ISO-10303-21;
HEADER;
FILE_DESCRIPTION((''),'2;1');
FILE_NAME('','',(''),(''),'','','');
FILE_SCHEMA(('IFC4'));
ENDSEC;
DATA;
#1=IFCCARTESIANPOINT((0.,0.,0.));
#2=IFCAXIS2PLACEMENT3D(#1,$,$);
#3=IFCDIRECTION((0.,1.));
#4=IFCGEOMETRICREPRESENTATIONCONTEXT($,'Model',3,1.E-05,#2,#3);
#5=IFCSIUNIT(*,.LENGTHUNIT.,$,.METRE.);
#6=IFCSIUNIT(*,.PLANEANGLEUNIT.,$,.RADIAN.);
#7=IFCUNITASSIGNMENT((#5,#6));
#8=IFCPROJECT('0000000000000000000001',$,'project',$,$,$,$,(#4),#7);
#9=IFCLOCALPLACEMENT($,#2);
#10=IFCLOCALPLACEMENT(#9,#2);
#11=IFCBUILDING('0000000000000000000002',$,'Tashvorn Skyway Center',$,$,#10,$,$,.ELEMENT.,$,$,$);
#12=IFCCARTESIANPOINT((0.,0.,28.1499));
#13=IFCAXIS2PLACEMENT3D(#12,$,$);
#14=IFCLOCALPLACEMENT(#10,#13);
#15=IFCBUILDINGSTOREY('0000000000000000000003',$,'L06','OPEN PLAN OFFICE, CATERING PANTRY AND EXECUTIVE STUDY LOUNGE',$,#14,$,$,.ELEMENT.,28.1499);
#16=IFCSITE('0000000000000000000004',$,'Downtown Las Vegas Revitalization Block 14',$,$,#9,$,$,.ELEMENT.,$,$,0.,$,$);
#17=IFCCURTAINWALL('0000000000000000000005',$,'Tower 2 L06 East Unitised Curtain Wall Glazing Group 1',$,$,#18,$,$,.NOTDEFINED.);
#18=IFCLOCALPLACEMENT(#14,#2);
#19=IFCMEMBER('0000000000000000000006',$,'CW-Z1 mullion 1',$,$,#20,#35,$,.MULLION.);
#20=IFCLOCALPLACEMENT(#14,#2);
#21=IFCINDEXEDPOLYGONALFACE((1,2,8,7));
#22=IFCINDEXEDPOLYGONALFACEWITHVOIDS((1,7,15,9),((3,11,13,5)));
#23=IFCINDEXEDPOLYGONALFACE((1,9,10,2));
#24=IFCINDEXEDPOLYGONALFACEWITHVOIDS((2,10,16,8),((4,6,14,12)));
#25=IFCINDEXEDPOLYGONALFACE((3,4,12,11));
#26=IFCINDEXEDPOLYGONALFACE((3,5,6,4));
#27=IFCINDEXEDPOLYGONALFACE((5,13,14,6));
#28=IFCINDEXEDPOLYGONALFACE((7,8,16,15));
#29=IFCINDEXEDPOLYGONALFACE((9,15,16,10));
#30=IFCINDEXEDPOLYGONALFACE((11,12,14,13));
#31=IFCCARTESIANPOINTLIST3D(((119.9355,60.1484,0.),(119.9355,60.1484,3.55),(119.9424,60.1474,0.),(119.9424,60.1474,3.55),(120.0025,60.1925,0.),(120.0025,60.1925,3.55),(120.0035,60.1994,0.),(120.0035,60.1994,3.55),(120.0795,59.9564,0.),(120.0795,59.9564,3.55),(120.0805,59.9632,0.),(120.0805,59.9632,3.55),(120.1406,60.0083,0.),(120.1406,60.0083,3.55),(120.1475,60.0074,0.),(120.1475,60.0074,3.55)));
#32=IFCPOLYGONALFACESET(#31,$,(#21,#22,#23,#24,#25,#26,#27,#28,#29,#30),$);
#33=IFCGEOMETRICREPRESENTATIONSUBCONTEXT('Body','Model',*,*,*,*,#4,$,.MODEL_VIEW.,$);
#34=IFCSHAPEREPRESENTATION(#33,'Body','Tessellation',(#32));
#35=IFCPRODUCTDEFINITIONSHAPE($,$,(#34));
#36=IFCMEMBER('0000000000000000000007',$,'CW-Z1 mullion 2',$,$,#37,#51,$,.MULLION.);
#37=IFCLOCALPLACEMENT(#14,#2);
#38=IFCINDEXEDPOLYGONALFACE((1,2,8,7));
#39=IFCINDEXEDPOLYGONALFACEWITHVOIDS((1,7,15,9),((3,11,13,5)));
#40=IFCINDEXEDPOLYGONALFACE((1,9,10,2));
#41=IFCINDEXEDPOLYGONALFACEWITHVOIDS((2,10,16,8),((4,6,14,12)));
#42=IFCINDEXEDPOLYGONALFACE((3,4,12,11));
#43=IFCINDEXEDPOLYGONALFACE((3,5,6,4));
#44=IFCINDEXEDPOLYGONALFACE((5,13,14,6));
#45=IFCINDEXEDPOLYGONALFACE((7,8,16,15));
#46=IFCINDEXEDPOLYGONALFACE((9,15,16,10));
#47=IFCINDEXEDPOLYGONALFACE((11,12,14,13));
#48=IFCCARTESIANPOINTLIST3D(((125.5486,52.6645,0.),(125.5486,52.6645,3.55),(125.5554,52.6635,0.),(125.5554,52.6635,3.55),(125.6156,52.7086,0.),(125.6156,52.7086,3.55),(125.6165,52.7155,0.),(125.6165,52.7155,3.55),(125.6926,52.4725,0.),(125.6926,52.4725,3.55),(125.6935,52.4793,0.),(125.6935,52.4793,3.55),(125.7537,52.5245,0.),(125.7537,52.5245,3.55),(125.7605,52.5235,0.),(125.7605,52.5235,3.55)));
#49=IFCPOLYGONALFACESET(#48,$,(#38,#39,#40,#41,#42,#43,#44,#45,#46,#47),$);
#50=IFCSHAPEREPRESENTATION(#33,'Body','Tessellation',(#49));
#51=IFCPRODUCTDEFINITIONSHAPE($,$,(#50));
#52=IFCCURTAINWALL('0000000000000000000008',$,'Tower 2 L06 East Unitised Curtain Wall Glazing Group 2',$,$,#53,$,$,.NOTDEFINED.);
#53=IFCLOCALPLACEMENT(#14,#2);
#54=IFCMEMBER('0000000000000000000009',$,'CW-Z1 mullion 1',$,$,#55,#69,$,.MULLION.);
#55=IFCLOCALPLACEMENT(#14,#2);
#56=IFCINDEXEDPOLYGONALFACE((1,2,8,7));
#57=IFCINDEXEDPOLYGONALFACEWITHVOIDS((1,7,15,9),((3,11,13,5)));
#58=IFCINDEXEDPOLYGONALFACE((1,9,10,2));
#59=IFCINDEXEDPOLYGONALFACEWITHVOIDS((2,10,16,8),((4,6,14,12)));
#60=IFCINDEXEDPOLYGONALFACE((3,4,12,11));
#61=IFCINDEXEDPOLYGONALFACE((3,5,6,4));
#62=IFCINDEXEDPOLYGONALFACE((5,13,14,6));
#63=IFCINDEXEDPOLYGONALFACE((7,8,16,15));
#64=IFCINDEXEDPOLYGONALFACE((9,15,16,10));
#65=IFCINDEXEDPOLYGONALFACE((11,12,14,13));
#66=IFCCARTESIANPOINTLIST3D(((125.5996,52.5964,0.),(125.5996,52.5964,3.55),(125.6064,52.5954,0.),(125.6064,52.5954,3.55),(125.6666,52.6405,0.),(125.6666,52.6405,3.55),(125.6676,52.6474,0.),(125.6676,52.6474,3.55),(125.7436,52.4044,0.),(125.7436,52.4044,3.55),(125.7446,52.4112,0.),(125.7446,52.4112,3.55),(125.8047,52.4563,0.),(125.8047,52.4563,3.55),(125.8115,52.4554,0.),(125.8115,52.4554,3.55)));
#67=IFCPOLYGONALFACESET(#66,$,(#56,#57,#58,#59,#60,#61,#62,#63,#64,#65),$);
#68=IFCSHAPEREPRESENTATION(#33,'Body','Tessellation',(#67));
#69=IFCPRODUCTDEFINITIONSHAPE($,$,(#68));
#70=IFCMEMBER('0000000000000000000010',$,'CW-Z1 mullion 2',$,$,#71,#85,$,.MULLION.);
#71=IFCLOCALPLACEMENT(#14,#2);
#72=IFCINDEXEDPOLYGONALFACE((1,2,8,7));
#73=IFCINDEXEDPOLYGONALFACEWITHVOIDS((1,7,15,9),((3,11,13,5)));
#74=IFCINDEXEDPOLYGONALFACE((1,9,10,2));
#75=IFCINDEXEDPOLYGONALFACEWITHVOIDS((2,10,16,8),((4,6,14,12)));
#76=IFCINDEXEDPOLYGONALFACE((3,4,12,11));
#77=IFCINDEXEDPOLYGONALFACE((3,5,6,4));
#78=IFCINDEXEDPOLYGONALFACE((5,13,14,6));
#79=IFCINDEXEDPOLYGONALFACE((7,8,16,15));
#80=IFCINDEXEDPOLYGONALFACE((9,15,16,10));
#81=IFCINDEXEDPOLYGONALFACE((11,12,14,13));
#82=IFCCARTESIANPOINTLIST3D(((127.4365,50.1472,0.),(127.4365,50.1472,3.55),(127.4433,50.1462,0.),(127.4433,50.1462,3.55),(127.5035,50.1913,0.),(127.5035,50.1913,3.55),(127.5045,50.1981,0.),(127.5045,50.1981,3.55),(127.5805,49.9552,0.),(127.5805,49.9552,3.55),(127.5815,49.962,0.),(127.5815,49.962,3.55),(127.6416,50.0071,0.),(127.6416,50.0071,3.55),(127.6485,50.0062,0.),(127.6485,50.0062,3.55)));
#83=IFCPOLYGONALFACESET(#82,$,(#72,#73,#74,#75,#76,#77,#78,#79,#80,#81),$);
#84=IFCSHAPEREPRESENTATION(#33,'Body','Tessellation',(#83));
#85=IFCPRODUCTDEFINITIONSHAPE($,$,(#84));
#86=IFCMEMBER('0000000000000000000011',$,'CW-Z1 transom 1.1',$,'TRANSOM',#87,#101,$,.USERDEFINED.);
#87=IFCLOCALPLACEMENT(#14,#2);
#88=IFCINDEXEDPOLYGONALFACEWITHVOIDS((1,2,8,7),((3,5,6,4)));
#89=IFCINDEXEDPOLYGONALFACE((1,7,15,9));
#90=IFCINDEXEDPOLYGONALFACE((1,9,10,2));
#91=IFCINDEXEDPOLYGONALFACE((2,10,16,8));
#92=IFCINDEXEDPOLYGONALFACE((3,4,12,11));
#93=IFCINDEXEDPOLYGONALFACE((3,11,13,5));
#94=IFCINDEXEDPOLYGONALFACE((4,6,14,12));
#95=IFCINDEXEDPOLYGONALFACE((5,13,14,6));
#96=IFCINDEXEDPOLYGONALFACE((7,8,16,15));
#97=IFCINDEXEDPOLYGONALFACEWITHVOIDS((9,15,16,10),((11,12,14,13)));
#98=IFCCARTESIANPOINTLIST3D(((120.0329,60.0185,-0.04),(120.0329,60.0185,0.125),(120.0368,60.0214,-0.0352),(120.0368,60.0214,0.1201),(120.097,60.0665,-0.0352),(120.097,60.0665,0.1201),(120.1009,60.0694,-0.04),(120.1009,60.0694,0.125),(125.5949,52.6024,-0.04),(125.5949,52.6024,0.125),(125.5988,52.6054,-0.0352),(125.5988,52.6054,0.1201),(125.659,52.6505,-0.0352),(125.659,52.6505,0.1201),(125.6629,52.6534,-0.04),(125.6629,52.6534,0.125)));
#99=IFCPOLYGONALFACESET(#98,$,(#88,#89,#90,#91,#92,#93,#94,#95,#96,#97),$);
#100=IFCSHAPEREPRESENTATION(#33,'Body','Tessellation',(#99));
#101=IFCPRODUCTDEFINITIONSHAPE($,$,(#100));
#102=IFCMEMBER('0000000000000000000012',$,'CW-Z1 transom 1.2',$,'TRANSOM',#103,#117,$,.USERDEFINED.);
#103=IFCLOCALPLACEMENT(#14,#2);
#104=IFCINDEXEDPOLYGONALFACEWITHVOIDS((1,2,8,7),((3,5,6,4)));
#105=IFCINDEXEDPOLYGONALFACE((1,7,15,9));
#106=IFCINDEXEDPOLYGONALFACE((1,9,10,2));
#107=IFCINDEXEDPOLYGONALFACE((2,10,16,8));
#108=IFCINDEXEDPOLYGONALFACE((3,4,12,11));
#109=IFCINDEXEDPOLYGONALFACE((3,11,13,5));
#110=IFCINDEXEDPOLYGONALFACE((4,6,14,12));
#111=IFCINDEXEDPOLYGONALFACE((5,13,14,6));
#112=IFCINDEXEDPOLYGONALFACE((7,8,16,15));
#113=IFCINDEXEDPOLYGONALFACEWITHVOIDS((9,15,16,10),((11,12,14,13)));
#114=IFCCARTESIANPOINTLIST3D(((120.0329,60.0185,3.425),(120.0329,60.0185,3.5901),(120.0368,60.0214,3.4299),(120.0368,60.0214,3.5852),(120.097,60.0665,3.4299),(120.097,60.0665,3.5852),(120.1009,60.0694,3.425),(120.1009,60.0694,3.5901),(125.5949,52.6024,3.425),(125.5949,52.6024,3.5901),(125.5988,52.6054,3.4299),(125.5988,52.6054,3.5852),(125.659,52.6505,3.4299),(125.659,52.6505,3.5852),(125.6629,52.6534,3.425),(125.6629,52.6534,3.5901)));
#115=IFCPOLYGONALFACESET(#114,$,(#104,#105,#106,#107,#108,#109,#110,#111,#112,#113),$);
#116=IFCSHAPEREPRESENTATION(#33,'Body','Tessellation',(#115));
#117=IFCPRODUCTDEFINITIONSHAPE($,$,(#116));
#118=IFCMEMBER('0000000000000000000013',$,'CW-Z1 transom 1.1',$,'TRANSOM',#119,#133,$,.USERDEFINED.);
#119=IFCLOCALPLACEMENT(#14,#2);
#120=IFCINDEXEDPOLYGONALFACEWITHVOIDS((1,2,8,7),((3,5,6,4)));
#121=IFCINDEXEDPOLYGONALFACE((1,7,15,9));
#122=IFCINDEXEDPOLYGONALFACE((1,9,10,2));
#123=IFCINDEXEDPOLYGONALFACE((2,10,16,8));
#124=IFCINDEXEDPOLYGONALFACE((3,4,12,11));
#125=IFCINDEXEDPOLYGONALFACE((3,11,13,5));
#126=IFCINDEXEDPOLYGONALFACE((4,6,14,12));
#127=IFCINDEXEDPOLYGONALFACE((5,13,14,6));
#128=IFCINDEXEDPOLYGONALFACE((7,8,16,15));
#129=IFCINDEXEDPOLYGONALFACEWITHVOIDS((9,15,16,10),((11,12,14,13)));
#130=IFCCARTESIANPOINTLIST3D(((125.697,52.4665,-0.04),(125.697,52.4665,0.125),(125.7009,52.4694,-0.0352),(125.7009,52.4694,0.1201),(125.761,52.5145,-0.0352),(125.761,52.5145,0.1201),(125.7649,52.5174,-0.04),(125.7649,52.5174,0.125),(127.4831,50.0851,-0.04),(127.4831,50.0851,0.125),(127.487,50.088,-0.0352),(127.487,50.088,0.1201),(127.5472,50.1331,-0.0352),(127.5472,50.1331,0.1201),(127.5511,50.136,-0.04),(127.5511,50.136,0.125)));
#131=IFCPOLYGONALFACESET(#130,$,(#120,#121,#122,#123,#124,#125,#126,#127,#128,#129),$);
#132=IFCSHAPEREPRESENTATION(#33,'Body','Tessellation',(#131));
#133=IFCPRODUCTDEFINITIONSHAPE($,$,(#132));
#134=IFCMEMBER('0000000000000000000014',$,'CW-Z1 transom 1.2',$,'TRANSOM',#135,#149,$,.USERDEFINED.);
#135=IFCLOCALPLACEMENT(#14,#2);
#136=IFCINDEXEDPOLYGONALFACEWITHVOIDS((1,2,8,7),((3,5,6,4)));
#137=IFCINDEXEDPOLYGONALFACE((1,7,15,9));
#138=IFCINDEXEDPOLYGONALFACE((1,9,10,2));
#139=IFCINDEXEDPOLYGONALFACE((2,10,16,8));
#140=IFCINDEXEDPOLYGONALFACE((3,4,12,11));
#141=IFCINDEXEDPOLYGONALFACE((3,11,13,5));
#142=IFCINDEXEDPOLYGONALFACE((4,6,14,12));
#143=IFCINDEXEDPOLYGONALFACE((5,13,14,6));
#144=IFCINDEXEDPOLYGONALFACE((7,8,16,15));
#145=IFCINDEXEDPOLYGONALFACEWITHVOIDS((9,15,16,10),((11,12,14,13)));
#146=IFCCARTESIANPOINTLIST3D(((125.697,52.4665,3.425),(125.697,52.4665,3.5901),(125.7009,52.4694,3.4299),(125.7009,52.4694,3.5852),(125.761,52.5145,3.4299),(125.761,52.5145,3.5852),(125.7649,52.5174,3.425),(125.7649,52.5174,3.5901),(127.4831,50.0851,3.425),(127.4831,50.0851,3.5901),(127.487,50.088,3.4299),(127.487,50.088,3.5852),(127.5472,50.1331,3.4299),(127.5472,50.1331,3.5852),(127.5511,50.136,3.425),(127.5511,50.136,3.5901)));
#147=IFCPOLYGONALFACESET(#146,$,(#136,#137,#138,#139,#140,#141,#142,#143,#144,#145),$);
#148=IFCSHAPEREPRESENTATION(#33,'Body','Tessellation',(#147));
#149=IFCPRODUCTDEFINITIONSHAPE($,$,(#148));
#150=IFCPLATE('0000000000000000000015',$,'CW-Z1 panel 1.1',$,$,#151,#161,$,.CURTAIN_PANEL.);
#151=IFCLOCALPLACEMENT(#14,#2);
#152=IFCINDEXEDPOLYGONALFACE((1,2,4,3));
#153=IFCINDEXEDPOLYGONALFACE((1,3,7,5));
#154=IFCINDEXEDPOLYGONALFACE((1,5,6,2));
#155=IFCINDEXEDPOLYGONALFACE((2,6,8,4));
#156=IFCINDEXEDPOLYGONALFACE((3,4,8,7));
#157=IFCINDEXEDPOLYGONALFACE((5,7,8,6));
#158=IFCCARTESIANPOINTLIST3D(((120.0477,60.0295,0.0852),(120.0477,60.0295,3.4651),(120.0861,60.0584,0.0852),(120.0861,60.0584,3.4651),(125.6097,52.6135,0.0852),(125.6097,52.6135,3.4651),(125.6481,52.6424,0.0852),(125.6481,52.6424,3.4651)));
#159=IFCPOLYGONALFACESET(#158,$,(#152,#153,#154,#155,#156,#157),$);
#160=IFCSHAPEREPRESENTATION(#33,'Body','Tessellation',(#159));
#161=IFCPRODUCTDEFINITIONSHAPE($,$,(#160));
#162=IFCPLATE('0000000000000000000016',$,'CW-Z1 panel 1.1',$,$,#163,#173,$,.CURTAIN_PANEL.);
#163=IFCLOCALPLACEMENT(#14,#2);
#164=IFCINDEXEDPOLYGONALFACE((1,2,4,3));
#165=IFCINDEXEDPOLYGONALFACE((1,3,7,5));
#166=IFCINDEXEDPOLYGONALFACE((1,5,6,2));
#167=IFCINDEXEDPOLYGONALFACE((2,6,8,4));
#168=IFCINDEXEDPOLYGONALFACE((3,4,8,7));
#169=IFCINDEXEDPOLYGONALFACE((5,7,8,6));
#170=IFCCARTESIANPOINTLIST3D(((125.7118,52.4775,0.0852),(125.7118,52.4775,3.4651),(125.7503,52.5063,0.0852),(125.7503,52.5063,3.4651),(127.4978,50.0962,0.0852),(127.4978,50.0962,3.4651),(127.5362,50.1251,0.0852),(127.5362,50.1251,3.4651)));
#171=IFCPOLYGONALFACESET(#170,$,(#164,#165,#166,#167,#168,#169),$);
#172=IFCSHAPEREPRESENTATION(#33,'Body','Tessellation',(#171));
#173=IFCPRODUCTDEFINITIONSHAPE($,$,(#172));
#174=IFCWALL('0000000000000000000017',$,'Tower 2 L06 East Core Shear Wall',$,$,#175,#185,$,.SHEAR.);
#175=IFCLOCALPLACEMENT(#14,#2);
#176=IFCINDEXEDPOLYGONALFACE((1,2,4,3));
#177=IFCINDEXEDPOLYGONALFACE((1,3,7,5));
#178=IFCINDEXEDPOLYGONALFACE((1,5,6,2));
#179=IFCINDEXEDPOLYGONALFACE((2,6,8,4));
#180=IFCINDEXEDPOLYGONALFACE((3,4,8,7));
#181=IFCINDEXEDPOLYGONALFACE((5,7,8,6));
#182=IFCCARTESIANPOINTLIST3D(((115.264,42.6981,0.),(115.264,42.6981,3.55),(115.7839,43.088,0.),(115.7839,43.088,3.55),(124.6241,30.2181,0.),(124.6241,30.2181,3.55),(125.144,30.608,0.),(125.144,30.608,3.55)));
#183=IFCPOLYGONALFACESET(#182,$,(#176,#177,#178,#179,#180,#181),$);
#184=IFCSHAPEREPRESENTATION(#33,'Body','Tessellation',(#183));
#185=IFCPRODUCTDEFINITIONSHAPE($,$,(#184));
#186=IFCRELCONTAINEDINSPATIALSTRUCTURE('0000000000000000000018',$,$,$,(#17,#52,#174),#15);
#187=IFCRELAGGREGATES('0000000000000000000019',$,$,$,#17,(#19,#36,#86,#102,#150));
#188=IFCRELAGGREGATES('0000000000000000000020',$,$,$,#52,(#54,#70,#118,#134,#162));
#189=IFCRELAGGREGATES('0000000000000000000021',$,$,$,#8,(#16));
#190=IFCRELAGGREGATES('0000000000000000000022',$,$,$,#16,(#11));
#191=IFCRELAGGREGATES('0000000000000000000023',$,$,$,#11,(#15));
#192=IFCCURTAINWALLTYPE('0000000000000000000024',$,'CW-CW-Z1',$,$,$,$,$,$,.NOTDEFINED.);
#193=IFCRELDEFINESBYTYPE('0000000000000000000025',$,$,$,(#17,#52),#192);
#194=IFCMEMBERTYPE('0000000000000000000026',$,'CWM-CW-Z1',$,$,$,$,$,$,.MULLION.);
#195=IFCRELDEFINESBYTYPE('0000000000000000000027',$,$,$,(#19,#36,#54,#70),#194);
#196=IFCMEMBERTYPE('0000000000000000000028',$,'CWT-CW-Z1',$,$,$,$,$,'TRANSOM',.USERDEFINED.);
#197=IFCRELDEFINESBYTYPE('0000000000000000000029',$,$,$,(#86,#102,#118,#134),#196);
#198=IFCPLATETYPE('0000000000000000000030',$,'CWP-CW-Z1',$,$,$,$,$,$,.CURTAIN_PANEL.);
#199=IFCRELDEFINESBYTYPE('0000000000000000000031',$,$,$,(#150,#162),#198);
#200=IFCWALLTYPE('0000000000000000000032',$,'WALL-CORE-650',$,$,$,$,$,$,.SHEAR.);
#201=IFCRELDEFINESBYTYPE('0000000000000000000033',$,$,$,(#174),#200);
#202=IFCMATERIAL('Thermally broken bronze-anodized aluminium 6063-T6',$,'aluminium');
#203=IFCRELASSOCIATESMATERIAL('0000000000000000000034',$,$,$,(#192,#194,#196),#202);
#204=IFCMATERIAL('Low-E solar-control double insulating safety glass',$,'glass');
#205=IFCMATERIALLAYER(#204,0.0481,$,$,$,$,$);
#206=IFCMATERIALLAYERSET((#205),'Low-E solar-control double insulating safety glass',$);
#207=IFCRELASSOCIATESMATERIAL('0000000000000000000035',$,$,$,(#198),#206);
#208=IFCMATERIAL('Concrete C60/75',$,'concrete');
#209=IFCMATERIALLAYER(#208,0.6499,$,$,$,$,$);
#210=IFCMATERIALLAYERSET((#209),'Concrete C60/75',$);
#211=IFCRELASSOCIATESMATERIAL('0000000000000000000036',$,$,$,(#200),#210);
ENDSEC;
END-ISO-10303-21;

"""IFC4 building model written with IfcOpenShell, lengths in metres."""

from ifc_helpers import new_model, si_unit, direction, frame, frame_2d, origin, origin_2d, place, context, subcontext, project, spatial, rectangle, hollow_rectangle, extrude, material, layer, layer_set, material_profile, profile_set, type_object, element, aggregate, save


model = new_model("IFC4")

# Units and contexts
model_context = context("Model", 3, precision=1e-05, world=origin(), true_north=direction((0.0, 1.0)))
body_context = subcontext(model_context, "Body", "Model", "MODEL_VIEW")
ifc_project = project(units=[si_unit("LENGTHUNIT", "METRE"), si_unit("PLANEANGLEUNIT", "RADIAN")], contexts=[model_context])

# Site, building, storey
site_placement = place(None, origin())
site = spatial("IfcSite", under=ifc_project, at=site_placement, Name="Downtown Las Vegas Revitalization Block 14", CompositionType="ELEMENT", RefElevation=0.0)
building_placement = place(site_placement, origin())
building = spatial("IfcBuilding", under=site, at=building_placement, Name="Tashvorn Skyway Center", CompositionType="ELEMENT")
storey_placement = place(building_placement, frame((0.0, 0.0, 28.1499)))
storey = spatial("IfcBuildingStorey", under=building, at=storey_placement, Name="L06", Description="OPEN PLAN OFFICE, CATERING PANTRY AND EXECUTIVE STUDY LOUNGE", CompositionType="ELEMENT", Elevation=28.1499)

# Shared definitions
ifc_material_1 = material(Name="Thermally broken bronze-anodized aluminium 6063-T6", Category="aluminium")
curtain_wall_type = type_object("IfcCurtainWallType", Name="CW-CW-Z1", PredefinedType="NOTDEFINED", material=ifc_material_1)
ifc_material_profile_1 = material_profile(ifc_material_1, hollow_rectangle(XDim=0.085, YDim=0.24, WallThickness=0.0049, at=origin_2d()), Name="ALU-MULL-85x240")
ifc_profile_set_1 = profile_set([ifc_material_profile_1], Name="Thermally broken bronze-anodized aluminium 6063-T6")
member_type_1 = type_object("IfcMemberType", Name="CWM-CW-Z1", PredefinedType="MULLION", material=ifc_profile_set_1)

# Curtain walls, members
curtain_wall_1_placement = place(storey_placement, origin())
curtain_wall_1 = element("IfcCurtainWall", 1, at=curtain_wall_1_placement, inside=storey, type_object=curtain_wall_type, Name="Tower 2 L06 East Unitised Curtain Wall Glazing Group 1", PredefinedType="NOTDEFINED")
member_1_placement = place(storey_placement, frame((120.0415, 60.0779, 0.0), z_axis=(0.0, 0.0, 1.0), x_axis=(0.8, 0.6, 0.0)))
member_1 = element("IfcMember", 2, at=member_1_placement, type_object=member_type_1, Name="CW-Z1 mullion 1", PredefinedType="MULLION", context=body_context, shape_type="SweptSolid", body=[
    extrude(hollow_rectangle(XDim=0.085, YDim=0.24, WallThickness=0.0049, at=origin_2d()), origin(), (0.0, 0.0, 1.0), 3.55),
])
member_2_placement = place(storey_placement, frame((125.6545, 52.594, 0.0), z_axis=(0.0, 0.0, 1.0), x_axis=(0.8, 0.6, 0.0)))
member_2 = element("IfcMember", 3, at=member_2_placement, type_object=member_type_1, Name="CW-Z1 mullion 2", PredefinedType="MULLION", context=body_context, shape_type="SweptSolid", body=[
    extrude(hollow_rectangle(XDim=0.085, YDim=0.24, WallThickness=0.0049, at=origin_2d()), origin(), (0.0, 0.0, 1.0), 3.55),
])
curtain_wall_2_placement = place(storey_placement, origin())
curtain_wall_2 = element("IfcCurtainWall", 4, at=curtain_wall_2_placement, inside=storey, type_object=curtain_wall_type, Name="Tower 2 L06 East Unitised Curtain Wall Glazing Group 2", PredefinedType="NOTDEFINED")
member_3_placement = place(storey_placement, frame((125.7056, 52.5259, 0.0), z_axis=(0.0, 0.0, 1.0), x_axis=(0.799996, 0.600005, 0.0)))
member_3 = element("IfcMember", 5, at=member_3_placement, type_object=member_type_1, Name="CW-Z1 mullion 1", PredefinedType="MULLION", context=body_context, shape_type="SweptSolid", body=[
    extrude(hollow_rectangle(XDim=0.085, YDim=0.24, WallThickness=0.0049, at=origin_2d()), origin(), (0.0, 0.0, 1.0), 3.55),
])
member_4_placement = place(storey_placement, frame((127.5425, 50.0767, 0.0), z_axis=(0.0, 0.0, 1.0), x_axis=(0.799996, 0.600005, 0.0)))
member_4 = element("IfcMember", 6, at=member_4_placement, type_object=member_type_1, Name="CW-Z1 mullion 2", PredefinedType="MULLION", context=body_context, shape_type="SweptSolid", body=[
    extrude(hollow_rectangle(XDim=0.085, YDim=0.24, WallThickness=0.0049, at=origin_2d()), origin(), (0.0, 0.0, 1.0), 3.55),
])

# Members
ifc_material_profile_2 = material_profile(ifc_material_1, hollow_rectangle(XDim=0.085, YDim=0.165, WallThickness=0.0049, at=origin_2d()), Name="ALU-TRAN-85x165")
ifc_profile_set_2 = profile_set([ifc_material_profile_2], Name="Thermally broken bronze-anodized aluminium 6063-T6")
member_type_2 = type_object("IfcMemberType", Name="CWT-CW-Z1", ElementType="TRANSOM", PredefinedType="USERDEFINED", material=ifc_profile_set_2)
member_5_placement = place(storey_placement, frame((120.0669, 60.0439, 0.0425), z_axis=(0.6, -0.8, 0.0), x_axis=(0.8, 0.6, 0.0)))
member_5 = element("IfcMember", 7, at=member_5_placement, type_object=member_type_2, Name="CW-Z1 transom 1.1", ObjectType="TRANSOM", PredefinedType="USERDEFINED", context=body_context, shape_type="SweptSolid", body=[
    extrude(hollow_rectangle(XDim=0.085, YDim=0.165, WallThickness=0.0049, at=origin_2d()), origin(), (0.0, 0.0, 1.0), 9.27),
])
member_6_placement = place(storey_placement, frame((120.0669, 60.0439, 3.5076), z_axis=(0.6, -0.8, 0.0), x_axis=(0.8, 0.6, 0.0)))
member_6 = element("IfcMember", 8, at=member_6_placement, type_object=member_type_2, Name="CW-Z1 transom 1.2", ObjectType="TRANSOM", PredefinedType="USERDEFINED", context=body_context, shape_type="SweptSolid", body=[
    extrude(hollow_rectangle(XDim=0.085, YDim=0.165, WallThickness=0.0049, at=origin_2d()), origin(), (0.0, 0.0, 1.0), 9.27),
])
member_7_placement = place(storey_placement, frame((125.731, 52.4919, 0.0425), z_axis=(0.600026, -0.79998, 0.0), x_axis=(0.79998, 0.600026, 0.0)))
member_7 = element("IfcMember", 9, at=member_7_placement, type_object=member_type_2, Name="CW-Z1 transom 1.1", ObjectType="TRANSOM", PredefinedType="USERDEFINED", context=body_context, shape_type="SweptSolid", body=[
    extrude(hollow_rectangle(XDim=0.085, YDim=0.165, WallThickness=0.0049, at=origin_2d()), origin(), (0.0, 0.0, 1.0), 2.9768),
])
member_8_placement = place(storey_placement, frame((125.731, 52.4919, 3.5076), z_axis=(0.600026, -0.79998, 0.0), x_axis=(0.79998, 0.600026, 0.0)))
member_8 = element("IfcMember", 10, at=member_8_placement, type_object=member_type_2, Name="CW-Z1 transom 1.2", ObjectType="TRANSOM", PredefinedType="USERDEFINED", context=body_context, shape_type="SweptSolid", body=[
    extrude(hollow_rectangle(XDim=0.085, YDim=0.165, WallThickness=0.0049, at=origin_2d()), origin(), (0.0, 0.0, 1.0), 2.9768),
])

# Plates
ifc_material_2 = material(Name="Low-E solar-control double insulating safety glass", Category="glass")
ifc_layer_1 = layer(ifc_material_2, 0.0481)
ifc_layer_set_1 = layer_set([ifc_layer_1], Name="Low-E solar-control double insulating safety glass")
plate_type = type_object("IfcPlateType", Name="CWP-CW-Z1", PredefinedType="CURTAIN_PANEL", material=ifc_layer_set_1)
plate_1_placement = place(storey_placement, frame((122.8479, 56.3359, 0.0852), z_axis=(0.0, 0.0, 1.0), x_axis=(0.6, -0.8, 0.0)))
plate_1 = element("IfcPlate", 11, at=plate_1_placement, type_object=plate_type, Name="CW-Z1 panel 1.1", PredefinedType="CURTAIN_PANEL", context=body_context, shape_type="SweptSolid", body=[
    extrude(rectangle(XDim=9.27, YDim=0.0481, at=origin_2d()), origin(), (0.0, 0.0, 1.0), 3.3799),
])
aggregate(curtain_wall_1, [member_1, member_2, member_5, member_6, plate_1])
plate_2_placement = place(storey_placement, frame((126.624, 51.3013, 0.0852), z_axis=(0.0, 0.0, 1.0), x_axis=(0.600005, -0.799996, 0.0)))
plate_2 = element("IfcPlate", 12, at=plate_2_placement, type_object=plate_type, Name="CW-Z1 panel 1.1", PredefinedType="CURTAIN_PANEL", context=body_context, shape_type="SweptSolid", body=[
    extrude(rectangle(XDim=2.9766, YDim=0.0481, at=origin_2d()), origin(), (0.0, 0.0, 1.0), 3.3799),
])
aggregate(curtain_wall_2, [member_3, member_4, member_7, member_8, plate_2])

# Wall
ifc_material_3 = material(Name="Concrete C60/75", Category="concrete")
ifc_layer_2 = layer(ifc_material_3, 0.6499)
ifc_layer_set_2 = layer_set([ifc_layer_2], Name="Concrete C60/75")
wall_type_1 = type_object("IfcWallType", Name="WALL-CORE-650", PredefinedType="SHEAR", material=ifc_layer_set_2)
wall_1_placement = place(storey_placement, frame((115.5239, 42.8931, 0.0), z_axis=(0.0, 0.0, 1.0), x_axis=(0.600005, -0.799996, 0.0)))
element("IfcWall", 13, at=wall_1_placement, inside=storey, type_object=wall_type_1, Name="Tower 2 L06 East Core Shear Wall", PredefinedType="SHEAR", context=body_context, shape_type="SweptSolid", body=[
    extrude(rectangle(XDim=15.6001, YDim=0.6499, at=frame_2d((7.8, 0.0))), origin(), (0.0, 0.0, 1.0), 3.55),
])

save(model, "model.ifc")
